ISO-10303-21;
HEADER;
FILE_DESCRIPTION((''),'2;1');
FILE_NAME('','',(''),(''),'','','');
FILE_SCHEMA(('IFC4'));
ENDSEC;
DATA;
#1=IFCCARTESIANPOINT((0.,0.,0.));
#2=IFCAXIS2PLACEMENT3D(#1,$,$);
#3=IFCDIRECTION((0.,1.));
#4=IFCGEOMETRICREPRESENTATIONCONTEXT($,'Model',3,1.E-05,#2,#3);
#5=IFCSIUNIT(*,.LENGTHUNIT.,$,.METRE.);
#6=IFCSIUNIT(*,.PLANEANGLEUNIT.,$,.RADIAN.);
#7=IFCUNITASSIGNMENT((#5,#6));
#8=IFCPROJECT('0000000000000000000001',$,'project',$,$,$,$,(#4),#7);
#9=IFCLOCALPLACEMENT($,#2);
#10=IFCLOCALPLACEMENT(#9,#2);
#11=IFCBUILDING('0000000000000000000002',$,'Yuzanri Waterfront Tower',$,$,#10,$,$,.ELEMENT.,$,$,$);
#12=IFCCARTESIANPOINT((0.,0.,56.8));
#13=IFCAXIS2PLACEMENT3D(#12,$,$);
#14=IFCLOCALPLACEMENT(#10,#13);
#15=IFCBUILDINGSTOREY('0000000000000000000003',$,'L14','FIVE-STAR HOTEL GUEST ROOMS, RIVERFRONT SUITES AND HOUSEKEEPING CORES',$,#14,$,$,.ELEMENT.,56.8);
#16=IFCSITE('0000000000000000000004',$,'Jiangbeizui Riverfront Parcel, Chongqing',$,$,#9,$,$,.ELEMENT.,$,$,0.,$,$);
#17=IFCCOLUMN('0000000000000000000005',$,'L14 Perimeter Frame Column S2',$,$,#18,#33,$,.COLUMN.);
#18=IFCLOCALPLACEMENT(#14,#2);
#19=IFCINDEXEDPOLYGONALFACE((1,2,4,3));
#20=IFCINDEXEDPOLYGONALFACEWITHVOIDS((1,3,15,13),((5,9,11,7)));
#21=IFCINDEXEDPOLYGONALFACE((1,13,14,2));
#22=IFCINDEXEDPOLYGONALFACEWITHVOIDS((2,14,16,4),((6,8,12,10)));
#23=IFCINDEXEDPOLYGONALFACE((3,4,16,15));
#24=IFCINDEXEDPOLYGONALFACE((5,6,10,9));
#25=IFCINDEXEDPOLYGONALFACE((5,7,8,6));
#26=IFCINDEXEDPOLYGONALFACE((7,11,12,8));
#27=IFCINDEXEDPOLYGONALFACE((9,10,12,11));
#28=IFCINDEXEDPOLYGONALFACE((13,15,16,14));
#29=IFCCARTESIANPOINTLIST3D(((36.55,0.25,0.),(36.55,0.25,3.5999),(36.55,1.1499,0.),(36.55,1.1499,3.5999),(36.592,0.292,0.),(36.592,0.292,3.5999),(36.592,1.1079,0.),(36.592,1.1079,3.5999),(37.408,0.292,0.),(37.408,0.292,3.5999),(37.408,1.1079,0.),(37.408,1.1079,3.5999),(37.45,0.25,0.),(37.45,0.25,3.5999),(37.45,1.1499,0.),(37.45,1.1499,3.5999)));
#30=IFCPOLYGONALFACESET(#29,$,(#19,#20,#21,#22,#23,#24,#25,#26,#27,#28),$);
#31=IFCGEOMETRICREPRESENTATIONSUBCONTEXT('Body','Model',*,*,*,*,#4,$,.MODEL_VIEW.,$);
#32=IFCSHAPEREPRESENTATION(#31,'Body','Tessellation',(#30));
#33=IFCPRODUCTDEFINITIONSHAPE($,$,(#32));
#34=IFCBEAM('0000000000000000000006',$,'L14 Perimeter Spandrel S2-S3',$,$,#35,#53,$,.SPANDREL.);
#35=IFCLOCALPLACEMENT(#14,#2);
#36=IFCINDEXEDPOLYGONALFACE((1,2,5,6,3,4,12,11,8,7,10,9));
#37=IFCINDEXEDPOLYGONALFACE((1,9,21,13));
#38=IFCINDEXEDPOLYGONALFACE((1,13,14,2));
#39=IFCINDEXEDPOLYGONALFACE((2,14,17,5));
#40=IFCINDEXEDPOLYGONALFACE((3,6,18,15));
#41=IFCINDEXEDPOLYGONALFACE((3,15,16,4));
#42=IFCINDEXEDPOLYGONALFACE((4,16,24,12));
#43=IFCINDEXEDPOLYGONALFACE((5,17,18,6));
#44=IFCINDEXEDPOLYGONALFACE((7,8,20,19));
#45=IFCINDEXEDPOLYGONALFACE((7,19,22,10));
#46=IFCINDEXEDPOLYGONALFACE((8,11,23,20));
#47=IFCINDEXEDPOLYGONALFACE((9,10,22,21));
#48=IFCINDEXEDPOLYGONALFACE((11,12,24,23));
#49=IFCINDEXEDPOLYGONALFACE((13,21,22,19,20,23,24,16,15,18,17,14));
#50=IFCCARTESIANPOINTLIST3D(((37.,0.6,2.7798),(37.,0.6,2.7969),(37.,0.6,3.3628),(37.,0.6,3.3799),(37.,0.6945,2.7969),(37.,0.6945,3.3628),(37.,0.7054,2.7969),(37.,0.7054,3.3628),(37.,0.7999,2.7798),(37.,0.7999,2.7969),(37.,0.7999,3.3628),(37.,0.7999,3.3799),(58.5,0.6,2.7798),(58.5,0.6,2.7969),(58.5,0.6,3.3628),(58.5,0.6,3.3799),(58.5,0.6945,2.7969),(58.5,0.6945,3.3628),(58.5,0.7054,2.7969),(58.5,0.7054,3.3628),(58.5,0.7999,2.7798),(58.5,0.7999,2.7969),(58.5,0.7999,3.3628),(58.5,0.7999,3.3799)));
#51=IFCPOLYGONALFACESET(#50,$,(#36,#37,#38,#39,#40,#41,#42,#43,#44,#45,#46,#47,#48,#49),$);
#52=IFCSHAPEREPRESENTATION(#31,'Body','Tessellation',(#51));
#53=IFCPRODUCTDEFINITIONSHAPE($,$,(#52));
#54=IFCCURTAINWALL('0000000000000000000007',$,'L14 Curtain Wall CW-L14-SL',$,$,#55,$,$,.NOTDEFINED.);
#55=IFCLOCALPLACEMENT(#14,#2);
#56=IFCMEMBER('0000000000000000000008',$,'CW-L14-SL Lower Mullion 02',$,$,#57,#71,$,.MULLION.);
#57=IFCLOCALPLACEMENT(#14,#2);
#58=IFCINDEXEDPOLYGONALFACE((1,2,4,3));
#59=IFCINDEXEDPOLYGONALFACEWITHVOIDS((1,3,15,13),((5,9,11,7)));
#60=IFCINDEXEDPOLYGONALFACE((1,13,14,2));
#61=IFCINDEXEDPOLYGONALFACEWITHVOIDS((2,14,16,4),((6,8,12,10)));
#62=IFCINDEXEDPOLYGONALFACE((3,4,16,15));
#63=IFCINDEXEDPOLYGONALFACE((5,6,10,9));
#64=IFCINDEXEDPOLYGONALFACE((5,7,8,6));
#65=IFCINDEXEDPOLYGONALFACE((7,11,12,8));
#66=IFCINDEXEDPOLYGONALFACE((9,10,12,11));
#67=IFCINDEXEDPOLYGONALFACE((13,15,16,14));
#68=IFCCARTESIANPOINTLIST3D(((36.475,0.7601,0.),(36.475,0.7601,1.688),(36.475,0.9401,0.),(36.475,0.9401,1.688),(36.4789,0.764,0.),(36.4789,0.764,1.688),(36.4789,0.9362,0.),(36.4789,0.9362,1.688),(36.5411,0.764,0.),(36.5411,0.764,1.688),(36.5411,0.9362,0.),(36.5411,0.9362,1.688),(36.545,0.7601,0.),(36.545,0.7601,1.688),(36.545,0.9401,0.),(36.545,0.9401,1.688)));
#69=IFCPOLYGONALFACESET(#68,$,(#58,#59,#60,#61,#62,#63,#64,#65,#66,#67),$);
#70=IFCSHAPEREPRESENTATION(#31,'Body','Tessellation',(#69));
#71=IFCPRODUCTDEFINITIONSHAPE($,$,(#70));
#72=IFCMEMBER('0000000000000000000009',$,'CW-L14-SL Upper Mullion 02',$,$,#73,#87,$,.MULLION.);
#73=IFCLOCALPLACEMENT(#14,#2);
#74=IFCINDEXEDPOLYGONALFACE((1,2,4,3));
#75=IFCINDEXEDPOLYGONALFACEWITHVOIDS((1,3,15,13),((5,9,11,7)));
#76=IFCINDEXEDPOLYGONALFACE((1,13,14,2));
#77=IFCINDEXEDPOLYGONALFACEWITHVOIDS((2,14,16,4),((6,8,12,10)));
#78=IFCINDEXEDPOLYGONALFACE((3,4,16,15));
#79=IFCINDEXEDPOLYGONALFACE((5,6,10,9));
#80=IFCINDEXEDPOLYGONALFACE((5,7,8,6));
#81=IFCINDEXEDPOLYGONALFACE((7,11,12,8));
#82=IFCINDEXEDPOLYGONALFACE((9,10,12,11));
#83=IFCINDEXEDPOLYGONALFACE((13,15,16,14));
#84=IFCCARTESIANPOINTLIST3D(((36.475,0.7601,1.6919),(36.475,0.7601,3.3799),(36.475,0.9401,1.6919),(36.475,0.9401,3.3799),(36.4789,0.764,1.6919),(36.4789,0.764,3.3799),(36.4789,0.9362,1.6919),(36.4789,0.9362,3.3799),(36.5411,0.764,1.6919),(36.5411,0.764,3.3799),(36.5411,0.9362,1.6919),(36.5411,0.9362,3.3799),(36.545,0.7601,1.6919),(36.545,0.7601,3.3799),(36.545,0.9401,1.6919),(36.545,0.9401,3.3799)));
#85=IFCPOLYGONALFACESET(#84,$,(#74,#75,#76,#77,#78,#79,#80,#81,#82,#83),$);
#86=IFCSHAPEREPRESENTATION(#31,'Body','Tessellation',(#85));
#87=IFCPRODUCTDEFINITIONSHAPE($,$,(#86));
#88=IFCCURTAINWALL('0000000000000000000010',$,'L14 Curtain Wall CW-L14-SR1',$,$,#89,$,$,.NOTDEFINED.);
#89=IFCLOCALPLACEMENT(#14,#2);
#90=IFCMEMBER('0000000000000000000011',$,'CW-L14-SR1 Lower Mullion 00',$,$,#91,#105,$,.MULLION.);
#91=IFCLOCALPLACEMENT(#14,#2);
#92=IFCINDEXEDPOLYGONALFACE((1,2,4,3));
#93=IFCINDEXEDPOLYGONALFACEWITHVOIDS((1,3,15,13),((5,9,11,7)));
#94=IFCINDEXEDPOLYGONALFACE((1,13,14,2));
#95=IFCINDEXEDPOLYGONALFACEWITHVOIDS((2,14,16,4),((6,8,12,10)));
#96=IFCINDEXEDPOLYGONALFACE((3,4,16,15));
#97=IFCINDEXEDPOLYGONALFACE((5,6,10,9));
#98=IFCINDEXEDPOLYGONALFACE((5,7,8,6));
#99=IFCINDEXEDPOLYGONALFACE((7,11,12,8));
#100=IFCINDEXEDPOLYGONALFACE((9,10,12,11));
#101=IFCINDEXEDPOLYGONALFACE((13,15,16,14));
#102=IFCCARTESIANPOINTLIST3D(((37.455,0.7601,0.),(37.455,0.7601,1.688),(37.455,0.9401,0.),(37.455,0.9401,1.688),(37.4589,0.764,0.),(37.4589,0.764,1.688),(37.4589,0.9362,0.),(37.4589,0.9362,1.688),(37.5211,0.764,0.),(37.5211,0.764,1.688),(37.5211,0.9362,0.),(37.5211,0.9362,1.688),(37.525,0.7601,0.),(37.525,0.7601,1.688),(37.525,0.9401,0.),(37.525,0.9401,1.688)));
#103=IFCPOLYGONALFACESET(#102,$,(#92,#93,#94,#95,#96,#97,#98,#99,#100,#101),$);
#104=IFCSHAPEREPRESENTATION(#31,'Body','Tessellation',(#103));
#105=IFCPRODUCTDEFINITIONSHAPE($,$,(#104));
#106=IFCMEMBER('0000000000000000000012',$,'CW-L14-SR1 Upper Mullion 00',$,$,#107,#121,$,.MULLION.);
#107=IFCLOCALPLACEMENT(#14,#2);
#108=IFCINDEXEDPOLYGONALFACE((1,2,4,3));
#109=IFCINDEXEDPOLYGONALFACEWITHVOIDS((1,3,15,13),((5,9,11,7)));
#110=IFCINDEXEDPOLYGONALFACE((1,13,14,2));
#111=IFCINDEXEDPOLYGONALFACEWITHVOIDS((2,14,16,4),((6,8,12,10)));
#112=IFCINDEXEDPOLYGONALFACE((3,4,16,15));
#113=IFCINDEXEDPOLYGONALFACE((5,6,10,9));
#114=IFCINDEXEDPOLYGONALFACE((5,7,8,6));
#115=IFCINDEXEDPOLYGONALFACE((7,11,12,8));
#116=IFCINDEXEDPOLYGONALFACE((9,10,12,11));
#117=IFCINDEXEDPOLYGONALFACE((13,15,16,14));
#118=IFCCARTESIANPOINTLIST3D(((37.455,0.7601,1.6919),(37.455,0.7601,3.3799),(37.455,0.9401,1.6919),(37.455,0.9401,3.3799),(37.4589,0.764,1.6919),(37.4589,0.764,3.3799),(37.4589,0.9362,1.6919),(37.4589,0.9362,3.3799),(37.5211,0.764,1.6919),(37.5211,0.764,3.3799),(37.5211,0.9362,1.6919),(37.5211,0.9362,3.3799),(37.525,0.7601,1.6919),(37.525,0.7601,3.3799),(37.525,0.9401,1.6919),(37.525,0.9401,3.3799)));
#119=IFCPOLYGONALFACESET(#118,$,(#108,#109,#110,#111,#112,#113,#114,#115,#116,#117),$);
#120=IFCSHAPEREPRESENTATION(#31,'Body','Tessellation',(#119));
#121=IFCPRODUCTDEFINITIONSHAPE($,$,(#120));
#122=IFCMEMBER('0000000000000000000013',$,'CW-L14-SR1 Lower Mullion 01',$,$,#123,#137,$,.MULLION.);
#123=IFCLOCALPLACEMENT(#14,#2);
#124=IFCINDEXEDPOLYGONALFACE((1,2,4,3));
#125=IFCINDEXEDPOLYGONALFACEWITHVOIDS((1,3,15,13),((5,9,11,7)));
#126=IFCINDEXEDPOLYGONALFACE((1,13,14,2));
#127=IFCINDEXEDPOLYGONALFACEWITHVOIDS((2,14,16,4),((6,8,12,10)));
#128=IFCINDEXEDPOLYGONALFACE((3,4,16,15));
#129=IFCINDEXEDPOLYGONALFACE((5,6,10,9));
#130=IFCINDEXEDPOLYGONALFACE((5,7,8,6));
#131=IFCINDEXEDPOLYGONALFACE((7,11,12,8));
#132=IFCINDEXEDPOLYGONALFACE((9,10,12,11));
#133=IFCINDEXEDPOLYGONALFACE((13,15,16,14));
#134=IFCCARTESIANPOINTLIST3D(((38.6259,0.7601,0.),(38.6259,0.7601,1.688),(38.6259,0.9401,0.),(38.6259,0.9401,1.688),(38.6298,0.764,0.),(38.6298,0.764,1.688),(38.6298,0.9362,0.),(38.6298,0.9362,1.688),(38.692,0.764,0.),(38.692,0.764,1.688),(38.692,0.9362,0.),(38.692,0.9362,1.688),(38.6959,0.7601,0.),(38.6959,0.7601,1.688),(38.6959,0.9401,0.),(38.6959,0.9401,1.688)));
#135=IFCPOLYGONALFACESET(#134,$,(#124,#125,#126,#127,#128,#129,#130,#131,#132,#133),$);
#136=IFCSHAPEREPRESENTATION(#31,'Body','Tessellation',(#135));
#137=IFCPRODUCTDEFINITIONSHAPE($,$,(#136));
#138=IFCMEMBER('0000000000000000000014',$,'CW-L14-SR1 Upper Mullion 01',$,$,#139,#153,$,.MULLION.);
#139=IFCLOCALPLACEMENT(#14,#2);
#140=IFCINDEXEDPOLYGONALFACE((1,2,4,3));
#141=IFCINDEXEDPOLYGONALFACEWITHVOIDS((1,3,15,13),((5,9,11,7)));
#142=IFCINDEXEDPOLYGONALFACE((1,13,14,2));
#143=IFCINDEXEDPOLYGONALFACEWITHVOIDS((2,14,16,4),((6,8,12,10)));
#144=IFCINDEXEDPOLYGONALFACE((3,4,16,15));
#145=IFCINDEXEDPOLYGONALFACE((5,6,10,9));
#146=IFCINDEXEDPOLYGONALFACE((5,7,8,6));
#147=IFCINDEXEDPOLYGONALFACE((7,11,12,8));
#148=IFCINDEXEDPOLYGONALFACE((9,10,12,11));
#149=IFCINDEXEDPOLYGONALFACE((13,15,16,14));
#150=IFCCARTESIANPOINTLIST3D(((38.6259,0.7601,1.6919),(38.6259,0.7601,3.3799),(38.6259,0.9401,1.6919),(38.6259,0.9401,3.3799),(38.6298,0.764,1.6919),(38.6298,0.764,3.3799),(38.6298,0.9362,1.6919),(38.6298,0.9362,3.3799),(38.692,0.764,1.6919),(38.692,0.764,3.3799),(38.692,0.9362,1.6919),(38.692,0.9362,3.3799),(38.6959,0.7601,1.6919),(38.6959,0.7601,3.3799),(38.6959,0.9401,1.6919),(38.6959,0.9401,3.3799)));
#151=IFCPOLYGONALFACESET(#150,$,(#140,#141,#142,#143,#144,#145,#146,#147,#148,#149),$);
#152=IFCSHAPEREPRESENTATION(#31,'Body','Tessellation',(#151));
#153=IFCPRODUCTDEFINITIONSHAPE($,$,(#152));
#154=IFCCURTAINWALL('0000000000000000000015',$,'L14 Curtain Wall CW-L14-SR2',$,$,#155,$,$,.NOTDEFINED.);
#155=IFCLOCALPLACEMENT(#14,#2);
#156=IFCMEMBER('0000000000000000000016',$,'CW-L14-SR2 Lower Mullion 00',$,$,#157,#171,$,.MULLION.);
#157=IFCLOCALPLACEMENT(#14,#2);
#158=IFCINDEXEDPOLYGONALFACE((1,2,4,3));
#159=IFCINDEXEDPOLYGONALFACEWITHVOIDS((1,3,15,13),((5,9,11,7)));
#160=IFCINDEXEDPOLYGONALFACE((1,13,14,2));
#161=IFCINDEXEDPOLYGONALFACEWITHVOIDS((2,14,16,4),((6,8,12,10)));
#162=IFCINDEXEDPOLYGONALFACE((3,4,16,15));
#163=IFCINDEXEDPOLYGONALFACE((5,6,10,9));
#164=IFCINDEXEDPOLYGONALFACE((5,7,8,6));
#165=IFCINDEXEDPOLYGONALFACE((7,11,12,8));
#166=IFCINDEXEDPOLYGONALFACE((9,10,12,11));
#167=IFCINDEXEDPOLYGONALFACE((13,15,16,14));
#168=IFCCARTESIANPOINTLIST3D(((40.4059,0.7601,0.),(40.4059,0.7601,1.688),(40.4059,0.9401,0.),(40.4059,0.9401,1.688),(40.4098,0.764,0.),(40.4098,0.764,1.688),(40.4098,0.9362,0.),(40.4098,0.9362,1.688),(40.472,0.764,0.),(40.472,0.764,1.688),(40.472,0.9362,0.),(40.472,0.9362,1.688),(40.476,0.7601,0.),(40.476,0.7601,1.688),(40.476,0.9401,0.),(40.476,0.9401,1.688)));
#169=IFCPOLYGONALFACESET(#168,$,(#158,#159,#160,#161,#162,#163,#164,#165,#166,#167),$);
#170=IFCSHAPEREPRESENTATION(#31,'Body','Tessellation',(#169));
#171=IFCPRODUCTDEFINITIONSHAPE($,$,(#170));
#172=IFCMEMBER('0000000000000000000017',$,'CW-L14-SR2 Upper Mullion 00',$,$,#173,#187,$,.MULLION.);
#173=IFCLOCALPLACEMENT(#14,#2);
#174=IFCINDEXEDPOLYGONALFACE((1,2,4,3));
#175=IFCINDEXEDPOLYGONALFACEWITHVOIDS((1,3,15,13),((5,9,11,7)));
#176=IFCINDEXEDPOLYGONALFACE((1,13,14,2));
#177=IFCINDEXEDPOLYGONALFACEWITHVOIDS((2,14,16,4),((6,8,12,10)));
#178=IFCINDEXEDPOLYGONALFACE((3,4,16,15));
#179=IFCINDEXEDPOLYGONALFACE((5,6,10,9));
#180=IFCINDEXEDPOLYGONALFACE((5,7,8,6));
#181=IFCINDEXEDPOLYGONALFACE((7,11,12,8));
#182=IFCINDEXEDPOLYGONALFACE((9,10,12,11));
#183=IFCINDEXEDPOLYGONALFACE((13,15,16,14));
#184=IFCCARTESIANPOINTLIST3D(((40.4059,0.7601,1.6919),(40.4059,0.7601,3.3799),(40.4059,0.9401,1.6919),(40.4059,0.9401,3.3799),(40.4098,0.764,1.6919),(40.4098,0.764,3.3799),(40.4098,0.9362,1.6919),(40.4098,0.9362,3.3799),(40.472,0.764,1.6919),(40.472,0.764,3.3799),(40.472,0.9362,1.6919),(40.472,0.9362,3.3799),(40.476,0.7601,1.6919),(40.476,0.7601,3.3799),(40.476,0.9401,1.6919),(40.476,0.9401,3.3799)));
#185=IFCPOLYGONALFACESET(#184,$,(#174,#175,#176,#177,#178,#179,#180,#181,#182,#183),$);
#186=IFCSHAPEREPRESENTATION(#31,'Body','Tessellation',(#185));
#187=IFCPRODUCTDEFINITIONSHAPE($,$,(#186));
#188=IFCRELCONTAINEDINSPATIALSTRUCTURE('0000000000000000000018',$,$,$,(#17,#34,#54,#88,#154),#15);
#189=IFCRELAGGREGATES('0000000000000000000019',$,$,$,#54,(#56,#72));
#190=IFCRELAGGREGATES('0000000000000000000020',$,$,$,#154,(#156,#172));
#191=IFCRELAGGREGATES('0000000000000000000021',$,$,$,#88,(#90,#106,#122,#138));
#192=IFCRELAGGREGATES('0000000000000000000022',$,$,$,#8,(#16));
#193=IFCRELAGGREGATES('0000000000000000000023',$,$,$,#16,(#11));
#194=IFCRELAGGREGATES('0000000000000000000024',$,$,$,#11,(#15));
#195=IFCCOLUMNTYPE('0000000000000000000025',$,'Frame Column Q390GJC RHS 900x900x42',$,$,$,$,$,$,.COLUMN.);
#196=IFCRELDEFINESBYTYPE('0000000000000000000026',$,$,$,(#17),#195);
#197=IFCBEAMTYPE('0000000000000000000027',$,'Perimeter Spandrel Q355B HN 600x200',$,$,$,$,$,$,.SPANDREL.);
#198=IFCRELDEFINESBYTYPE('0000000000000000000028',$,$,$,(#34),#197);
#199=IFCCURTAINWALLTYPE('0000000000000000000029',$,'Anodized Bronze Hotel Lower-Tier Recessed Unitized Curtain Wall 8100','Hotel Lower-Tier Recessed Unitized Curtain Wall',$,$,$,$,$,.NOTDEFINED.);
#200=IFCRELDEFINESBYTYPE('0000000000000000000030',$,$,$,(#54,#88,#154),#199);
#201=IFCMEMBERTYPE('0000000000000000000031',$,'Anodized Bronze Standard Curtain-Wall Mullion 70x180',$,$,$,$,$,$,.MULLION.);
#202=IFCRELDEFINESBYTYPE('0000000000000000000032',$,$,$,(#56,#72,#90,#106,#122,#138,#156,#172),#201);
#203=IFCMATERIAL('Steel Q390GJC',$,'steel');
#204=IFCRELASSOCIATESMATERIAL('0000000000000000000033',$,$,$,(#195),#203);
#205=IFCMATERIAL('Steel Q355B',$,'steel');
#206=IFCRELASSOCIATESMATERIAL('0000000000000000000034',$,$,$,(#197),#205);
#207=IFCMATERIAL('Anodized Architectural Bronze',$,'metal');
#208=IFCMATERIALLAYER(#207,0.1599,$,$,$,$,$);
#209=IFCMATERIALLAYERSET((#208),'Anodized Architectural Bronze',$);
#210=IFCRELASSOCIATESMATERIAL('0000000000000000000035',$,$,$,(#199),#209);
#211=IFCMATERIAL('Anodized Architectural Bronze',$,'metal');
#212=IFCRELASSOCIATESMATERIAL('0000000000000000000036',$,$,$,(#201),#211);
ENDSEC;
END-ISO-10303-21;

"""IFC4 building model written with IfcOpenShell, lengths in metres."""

from ifc_helpers import new_model, si_unit, direction, frame, origin, origin_2d, place, context, subcontext, project, spatial, hollow_rectangle, i_section, extrude, source, transform, mapped, material, layer, layer_set, material_profile, profile_set, type_object, element, aggregate, save


model = new_model("IFC4")

# Units and contexts
model_context = context("Model", 3, precision=1e-05, world=origin(), true_north=direction((0.0, 1.0)))
body_context = subcontext(model_context, "Body", "Model", "MODEL_VIEW")
ifc_project = project(units=[si_unit("LENGTHUNIT", "METRE"), si_unit("PLANEANGLEUNIT", "RADIAN")], contexts=[model_context])

# Site, building, storey
site_placement = place(None, origin())
site = spatial("IfcSite", under=ifc_project, at=site_placement, Name="Jiangbeizui Riverfront Parcel, Chongqing", CompositionType="ELEMENT", RefElevation=0.0)
building_placement = place(site_placement, origin())
building = spatial("IfcBuilding", under=site, at=building_placement, Name="Yuzanri Waterfront Tower", CompositionType="ELEMENT")
storey_placement = place(building_placement, frame((0.0, 0.0, 56.8)))
storey = spatial("IfcBuildingStorey", under=building, at=storey_placement, Name="L14", Description="FIVE-STAR HOTEL GUEST ROOMS, RIVERFRONT SUITES AND HOUSEKEEPING CORES", CompositionType="ELEMENT", Elevation=56.8)

# Column
ifc_material_1 = material(Name="Steel Q390GJC", Category="steel")
ifc_material_profile_1 = material_profile(ifc_material_1, hollow_rectangle(XDim=0.8999, YDim=0.8999, WallThickness=0.042, at=origin_2d()), Name="RHS 900x900x42")
ifc_profile_set_1 = profile_set([ifc_material_profile_1], Name="Steel Q390GJC")
column_type = type_object("IfcColumnType", Name="Frame Column Q390GJC RHS 900x900x42", PredefinedType="COLUMN", material=ifc_profile_set_1)
shared_shape_1 = source(origin(), body_context, "Body", "SweptSolid", [
    extrude(hollow_rectangle(XDim=0.8999, YDim=0.8999, WallThickness=0.042, at=origin_2d()), origin(), (0.0, 0.0, 1.0), 3.5999),
])
column_placement = place(storey_placement, frame((37.0, 0.7, 0.0), z_axis=(0.0, 0.0, 1.0), x_axis=(1.0, 0.0, 0.0)))
element("IfcColumn", 1, at=column_placement, inside=storey, type_object=column_type, Name="L14 Perimeter Frame Column S2", PredefinedType="COLUMN", context=body_context, shape_type="MappedRepresentation", body=[
    mapped(shared_shape_1, transform((0.0, 0.0, 0.0), scale=1.0)),
])

# Beam
ifc_material_2 = material(Name="Steel Q355B", Category="steel")
ifc_material_profile_2 = material_profile(ifc_material_2, i_section(OverallWidth=0.2, OverallDepth=0.6001, WebThickness=0.011, FlangeThickness=0.0171, at=origin_2d()), Name="HN 600x200x11x17")
ifc_profile_set_2 = profile_set([ifc_material_profile_2], Name="Steel Q355B")
beam_type = type_object("IfcBeamType", Name="Perimeter Spandrel Q355B HN 600x200", PredefinedType="SPANDREL", material=ifc_profile_set_2)
shared_shape_2 = source(origin(), body_context, "Body", "SweptSolid", [
    extrude(i_section(OverallWidth=0.2, OverallDepth=0.6001, WebThickness=0.011, FlangeThickness=0.0171, at=origin_2d()), origin(), (0.0, 0.0, 1.0), 21.5),
])
beam_placement = place(storey_placement, frame((37.0, 0.7, 3.0798), z_axis=(1.0, 0.0, 0.0), x_axis=(0.0, 1.0, 0.0)))
element("IfcBeam", 2, at=beam_placement, inside=storey, type_object=beam_type, Name="L14 Perimeter Spandrel S2-S3", PredefinedType="SPANDREL", context=body_context, shape_type="MappedRepresentation", body=[
    mapped(shared_shape_2, transform((0.0, 0.0, 0.0), scale=1.0)),
])

# Curtain walls, members
ifc_material_3 = material(Name="Anodized Architectural Bronze", Category="metal")
ifc_layer_1 = layer(ifc_material_3, 0.1599)
ifc_layer_set_1 = layer_set([ifc_layer_1], Name="Anodized Architectural Bronze")
curtain_wall_type = type_object("IfcCurtainWallType", Name="Anodized Bronze Hotel Lower-Tier Recessed Unitized Curtain Wall 8100", Description="Hotel Lower-Tier Recessed Unitized Curtain Wall", PredefinedType="NOTDEFINED", material=ifc_layer_set_1)
curtain_wall_1_placement = place(storey_placement, origin())
curtain_wall_1 = element("IfcCurtainWall", 3, at=curtain_wall_1_placement, inside=storey, type_object=curtain_wall_type, Name="L14 Curtain Wall CW-L14-SL", PredefinedType="NOTDEFINED")
ifc_material_4 = material(Name="Anodized Architectural Bronze", Category="metal")
ifc_material_profile_3 = material_profile(ifc_material_4, hollow_rectangle(XDim=0.0701, YDim=0.1799, WallThickness=0.0039, at=origin_2d()), Name="CWM 70x180")
ifc_profile_set_3 = profile_set([ifc_material_profile_3], Name="Anodized Architectural Bronze")
member_type_1 = type_object("IfcMemberType", Name="Anodized Bronze Standard Curtain-Wall Mullion 70x180", PredefinedType="MULLION", material=ifc_profile_set_3)
shared_shape_3 = source(origin(), body_context, "Body", "SweptSolid", [
    extrude(hollow_rectangle(XDim=0.0701, YDim=0.1799, WallThickness=0.0039, at=origin_2d()), origin(), (0.0, 0.0, 1.0), 1.688),
])
member_1_placement = place(storey_placement, frame((36.51, 0.8501, 0.0), z_axis=(0.0, 0.0, 1.0), x_axis=(1.0, 0.0, 0.0)))
member_1 = element("IfcMember", 4, at=member_1_placement, type_object=member_type_1, Name="CW-L14-SL Lower Mullion 02", PredefinedType="MULLION", context=body_context, shape_type="MappedRepresentation", body=[
    mapped(shared_shape_3, transform((0.0, 0.0, 0.0), scale=1.0)),
])
member_2_placement = place(storey_placement, frame((36.51, 0.8501, 1.6919), z_axis=(0.0, 0.0, 1.0), x_axis=(1.0, 0.0, 0.0)))
member_2 = element("IfcMember", 5, at=member_2_placement, type_object=member_type_1, Name="CW-L14-SL Upper Mullion 02", PredefinedType="MULLION", context=body_context, shape_type="MappedRepresentation", body=[
    mapped(shared_shape_3, transform((0.0, 0.0, 0.0), scale=1.0)),
])
aggregate(curtain_wall_1, [member_1, member_2])
curtain_wall_2_placement = place(storey_placement, origin())
curtain_wall_2 = element("IfcCurtainWall", 6, at=curtain_wall_2_placement, inside=storey, type_object=curtain_wall_type, Name="L14 Curtain Wall CW-L14-SR1", PredefinedType="NOTDEFINED")
member_3_placement = place(storey_placement, frame((37.49, 0.8501, 0.0), z_axis=(0.0, 0.0, 1.0), x_axis=(1.0, 0.0, 0.0)))
member_3 = element("IfcMember", 7, at=member_3_placement, type_object=member_type_1, Name="CW-L14-SR1 Lower Mullion 00", PredefinedType="MULLION", context=body_context, shape_type="MappedRepresentation", body=[
    mapped(shared_shape_3, transform((0.0, 0.0, 0.0), scale=1.0)),
])
member_4_placement = place(storey_placement, frame((37.49, 0.8501, 1.6919), z_axis=(0.0, 0.0, 1.0), x_axis=(1.0, 0.0, 0.0)))
member_4 = element("IfcMember", 8, at=member_4_placement, type_object=member_type_1, Name="CW-L14-SR1 Upper Mullion 00", PredefinedType="MULLION", context=body_context, shape_type="MappedRepresentation", body=[
    mapped(shared_shape_3, transform((0.0, 0.0, 0.0), scale=1.0)),
])
member_5_placement = place(storey_placement, frame((38.6609, 0.8501, 0.0), z_axis=(0.0, 0.0, 1.0), x_axis=(1.0, 0.0, 0.0)))
member_5 = element("IfcMember", 9, at=member_5_placement, type_object=member_type_1, Name="CW-L14-SR1 Lower Mullion 01", PredefinedType="MULLION", context=body_context, shape_type="MappedRepresentation", body=[
    mapped(shared_shape_3, transform((0.0, 0.0, 0.0), scale=1.0)),
])
member_6_placement = place(storey_placement, frame((38.6609, 0.8501, 1.6919), z_axis=(0.0, 0.0, 1.0), x_axis=(1.0, 0.0, 0.0)))
member_6 = element("IfcMember", 10, at=member_6_placement, type_object=member_type_1, Name="CW-L14-SR1 Upper Mullion 01", PredefinedType="MULLION", context=body_context, shape_type="MappedRepresentation", body=[
    mapped(shared_shape_3, transform((0.0, 0.0, 0.0), scale=1.0)),
])
curtain_wall_3_placement = place(storey_placement, origin())
curtain_wall_3 = element("IfcCurtainWall", 11, at=curtain_wall_3_placement, inside=storey, type_object=curtain_wall_type, Name="L14 Curtain Wall CW-L14-SR2", PredefinedType="NOTDEFINED")
member_7_placement = place(storey_placement, frame((40.4409, 0.8501, 0.0), z_axis=(0.0, 0.0, 1.0), x_axis=(1.0, 0.0, 0.0)))
member_7 = element("IfcMember", 12, at=member_7_placement, type_object=member_type_1, Name="CW-L14-SR2 Lower Mullion 00", PredefinedType="MULLION", context=body_context, shape_type="MappedRepresentation", body=[
    mapped(shared_shape_3, transform((0.0, 0.0, 0.0), scale=1.0)),
])
member_8_placement = place(storey_placement, frame((40.4409, 0.8501, 1.6919), z_axis=(0.0, 0.0, 1.0), x_axis=(1.0, 0.0, 0.0)))
member_8 = element("IfcMember", 13, at=member_8_placement, type_object=member_type_1, Name="CW-L14-SR2 Upper Mullion 00", PredefinedType="MULLION", context=body_context, shape_type="MappedRepresentation", body=[
    mapped(shared_shape_3, transform((0.0, 0.0, 0.0), scale=1.0)),
])

aggregate(curtain_wall_3, [member_7, member_8])

aggregate(curtain_wall_2, [member_3, member_4, member_5, member_6])

save(model, "model.ifc")
